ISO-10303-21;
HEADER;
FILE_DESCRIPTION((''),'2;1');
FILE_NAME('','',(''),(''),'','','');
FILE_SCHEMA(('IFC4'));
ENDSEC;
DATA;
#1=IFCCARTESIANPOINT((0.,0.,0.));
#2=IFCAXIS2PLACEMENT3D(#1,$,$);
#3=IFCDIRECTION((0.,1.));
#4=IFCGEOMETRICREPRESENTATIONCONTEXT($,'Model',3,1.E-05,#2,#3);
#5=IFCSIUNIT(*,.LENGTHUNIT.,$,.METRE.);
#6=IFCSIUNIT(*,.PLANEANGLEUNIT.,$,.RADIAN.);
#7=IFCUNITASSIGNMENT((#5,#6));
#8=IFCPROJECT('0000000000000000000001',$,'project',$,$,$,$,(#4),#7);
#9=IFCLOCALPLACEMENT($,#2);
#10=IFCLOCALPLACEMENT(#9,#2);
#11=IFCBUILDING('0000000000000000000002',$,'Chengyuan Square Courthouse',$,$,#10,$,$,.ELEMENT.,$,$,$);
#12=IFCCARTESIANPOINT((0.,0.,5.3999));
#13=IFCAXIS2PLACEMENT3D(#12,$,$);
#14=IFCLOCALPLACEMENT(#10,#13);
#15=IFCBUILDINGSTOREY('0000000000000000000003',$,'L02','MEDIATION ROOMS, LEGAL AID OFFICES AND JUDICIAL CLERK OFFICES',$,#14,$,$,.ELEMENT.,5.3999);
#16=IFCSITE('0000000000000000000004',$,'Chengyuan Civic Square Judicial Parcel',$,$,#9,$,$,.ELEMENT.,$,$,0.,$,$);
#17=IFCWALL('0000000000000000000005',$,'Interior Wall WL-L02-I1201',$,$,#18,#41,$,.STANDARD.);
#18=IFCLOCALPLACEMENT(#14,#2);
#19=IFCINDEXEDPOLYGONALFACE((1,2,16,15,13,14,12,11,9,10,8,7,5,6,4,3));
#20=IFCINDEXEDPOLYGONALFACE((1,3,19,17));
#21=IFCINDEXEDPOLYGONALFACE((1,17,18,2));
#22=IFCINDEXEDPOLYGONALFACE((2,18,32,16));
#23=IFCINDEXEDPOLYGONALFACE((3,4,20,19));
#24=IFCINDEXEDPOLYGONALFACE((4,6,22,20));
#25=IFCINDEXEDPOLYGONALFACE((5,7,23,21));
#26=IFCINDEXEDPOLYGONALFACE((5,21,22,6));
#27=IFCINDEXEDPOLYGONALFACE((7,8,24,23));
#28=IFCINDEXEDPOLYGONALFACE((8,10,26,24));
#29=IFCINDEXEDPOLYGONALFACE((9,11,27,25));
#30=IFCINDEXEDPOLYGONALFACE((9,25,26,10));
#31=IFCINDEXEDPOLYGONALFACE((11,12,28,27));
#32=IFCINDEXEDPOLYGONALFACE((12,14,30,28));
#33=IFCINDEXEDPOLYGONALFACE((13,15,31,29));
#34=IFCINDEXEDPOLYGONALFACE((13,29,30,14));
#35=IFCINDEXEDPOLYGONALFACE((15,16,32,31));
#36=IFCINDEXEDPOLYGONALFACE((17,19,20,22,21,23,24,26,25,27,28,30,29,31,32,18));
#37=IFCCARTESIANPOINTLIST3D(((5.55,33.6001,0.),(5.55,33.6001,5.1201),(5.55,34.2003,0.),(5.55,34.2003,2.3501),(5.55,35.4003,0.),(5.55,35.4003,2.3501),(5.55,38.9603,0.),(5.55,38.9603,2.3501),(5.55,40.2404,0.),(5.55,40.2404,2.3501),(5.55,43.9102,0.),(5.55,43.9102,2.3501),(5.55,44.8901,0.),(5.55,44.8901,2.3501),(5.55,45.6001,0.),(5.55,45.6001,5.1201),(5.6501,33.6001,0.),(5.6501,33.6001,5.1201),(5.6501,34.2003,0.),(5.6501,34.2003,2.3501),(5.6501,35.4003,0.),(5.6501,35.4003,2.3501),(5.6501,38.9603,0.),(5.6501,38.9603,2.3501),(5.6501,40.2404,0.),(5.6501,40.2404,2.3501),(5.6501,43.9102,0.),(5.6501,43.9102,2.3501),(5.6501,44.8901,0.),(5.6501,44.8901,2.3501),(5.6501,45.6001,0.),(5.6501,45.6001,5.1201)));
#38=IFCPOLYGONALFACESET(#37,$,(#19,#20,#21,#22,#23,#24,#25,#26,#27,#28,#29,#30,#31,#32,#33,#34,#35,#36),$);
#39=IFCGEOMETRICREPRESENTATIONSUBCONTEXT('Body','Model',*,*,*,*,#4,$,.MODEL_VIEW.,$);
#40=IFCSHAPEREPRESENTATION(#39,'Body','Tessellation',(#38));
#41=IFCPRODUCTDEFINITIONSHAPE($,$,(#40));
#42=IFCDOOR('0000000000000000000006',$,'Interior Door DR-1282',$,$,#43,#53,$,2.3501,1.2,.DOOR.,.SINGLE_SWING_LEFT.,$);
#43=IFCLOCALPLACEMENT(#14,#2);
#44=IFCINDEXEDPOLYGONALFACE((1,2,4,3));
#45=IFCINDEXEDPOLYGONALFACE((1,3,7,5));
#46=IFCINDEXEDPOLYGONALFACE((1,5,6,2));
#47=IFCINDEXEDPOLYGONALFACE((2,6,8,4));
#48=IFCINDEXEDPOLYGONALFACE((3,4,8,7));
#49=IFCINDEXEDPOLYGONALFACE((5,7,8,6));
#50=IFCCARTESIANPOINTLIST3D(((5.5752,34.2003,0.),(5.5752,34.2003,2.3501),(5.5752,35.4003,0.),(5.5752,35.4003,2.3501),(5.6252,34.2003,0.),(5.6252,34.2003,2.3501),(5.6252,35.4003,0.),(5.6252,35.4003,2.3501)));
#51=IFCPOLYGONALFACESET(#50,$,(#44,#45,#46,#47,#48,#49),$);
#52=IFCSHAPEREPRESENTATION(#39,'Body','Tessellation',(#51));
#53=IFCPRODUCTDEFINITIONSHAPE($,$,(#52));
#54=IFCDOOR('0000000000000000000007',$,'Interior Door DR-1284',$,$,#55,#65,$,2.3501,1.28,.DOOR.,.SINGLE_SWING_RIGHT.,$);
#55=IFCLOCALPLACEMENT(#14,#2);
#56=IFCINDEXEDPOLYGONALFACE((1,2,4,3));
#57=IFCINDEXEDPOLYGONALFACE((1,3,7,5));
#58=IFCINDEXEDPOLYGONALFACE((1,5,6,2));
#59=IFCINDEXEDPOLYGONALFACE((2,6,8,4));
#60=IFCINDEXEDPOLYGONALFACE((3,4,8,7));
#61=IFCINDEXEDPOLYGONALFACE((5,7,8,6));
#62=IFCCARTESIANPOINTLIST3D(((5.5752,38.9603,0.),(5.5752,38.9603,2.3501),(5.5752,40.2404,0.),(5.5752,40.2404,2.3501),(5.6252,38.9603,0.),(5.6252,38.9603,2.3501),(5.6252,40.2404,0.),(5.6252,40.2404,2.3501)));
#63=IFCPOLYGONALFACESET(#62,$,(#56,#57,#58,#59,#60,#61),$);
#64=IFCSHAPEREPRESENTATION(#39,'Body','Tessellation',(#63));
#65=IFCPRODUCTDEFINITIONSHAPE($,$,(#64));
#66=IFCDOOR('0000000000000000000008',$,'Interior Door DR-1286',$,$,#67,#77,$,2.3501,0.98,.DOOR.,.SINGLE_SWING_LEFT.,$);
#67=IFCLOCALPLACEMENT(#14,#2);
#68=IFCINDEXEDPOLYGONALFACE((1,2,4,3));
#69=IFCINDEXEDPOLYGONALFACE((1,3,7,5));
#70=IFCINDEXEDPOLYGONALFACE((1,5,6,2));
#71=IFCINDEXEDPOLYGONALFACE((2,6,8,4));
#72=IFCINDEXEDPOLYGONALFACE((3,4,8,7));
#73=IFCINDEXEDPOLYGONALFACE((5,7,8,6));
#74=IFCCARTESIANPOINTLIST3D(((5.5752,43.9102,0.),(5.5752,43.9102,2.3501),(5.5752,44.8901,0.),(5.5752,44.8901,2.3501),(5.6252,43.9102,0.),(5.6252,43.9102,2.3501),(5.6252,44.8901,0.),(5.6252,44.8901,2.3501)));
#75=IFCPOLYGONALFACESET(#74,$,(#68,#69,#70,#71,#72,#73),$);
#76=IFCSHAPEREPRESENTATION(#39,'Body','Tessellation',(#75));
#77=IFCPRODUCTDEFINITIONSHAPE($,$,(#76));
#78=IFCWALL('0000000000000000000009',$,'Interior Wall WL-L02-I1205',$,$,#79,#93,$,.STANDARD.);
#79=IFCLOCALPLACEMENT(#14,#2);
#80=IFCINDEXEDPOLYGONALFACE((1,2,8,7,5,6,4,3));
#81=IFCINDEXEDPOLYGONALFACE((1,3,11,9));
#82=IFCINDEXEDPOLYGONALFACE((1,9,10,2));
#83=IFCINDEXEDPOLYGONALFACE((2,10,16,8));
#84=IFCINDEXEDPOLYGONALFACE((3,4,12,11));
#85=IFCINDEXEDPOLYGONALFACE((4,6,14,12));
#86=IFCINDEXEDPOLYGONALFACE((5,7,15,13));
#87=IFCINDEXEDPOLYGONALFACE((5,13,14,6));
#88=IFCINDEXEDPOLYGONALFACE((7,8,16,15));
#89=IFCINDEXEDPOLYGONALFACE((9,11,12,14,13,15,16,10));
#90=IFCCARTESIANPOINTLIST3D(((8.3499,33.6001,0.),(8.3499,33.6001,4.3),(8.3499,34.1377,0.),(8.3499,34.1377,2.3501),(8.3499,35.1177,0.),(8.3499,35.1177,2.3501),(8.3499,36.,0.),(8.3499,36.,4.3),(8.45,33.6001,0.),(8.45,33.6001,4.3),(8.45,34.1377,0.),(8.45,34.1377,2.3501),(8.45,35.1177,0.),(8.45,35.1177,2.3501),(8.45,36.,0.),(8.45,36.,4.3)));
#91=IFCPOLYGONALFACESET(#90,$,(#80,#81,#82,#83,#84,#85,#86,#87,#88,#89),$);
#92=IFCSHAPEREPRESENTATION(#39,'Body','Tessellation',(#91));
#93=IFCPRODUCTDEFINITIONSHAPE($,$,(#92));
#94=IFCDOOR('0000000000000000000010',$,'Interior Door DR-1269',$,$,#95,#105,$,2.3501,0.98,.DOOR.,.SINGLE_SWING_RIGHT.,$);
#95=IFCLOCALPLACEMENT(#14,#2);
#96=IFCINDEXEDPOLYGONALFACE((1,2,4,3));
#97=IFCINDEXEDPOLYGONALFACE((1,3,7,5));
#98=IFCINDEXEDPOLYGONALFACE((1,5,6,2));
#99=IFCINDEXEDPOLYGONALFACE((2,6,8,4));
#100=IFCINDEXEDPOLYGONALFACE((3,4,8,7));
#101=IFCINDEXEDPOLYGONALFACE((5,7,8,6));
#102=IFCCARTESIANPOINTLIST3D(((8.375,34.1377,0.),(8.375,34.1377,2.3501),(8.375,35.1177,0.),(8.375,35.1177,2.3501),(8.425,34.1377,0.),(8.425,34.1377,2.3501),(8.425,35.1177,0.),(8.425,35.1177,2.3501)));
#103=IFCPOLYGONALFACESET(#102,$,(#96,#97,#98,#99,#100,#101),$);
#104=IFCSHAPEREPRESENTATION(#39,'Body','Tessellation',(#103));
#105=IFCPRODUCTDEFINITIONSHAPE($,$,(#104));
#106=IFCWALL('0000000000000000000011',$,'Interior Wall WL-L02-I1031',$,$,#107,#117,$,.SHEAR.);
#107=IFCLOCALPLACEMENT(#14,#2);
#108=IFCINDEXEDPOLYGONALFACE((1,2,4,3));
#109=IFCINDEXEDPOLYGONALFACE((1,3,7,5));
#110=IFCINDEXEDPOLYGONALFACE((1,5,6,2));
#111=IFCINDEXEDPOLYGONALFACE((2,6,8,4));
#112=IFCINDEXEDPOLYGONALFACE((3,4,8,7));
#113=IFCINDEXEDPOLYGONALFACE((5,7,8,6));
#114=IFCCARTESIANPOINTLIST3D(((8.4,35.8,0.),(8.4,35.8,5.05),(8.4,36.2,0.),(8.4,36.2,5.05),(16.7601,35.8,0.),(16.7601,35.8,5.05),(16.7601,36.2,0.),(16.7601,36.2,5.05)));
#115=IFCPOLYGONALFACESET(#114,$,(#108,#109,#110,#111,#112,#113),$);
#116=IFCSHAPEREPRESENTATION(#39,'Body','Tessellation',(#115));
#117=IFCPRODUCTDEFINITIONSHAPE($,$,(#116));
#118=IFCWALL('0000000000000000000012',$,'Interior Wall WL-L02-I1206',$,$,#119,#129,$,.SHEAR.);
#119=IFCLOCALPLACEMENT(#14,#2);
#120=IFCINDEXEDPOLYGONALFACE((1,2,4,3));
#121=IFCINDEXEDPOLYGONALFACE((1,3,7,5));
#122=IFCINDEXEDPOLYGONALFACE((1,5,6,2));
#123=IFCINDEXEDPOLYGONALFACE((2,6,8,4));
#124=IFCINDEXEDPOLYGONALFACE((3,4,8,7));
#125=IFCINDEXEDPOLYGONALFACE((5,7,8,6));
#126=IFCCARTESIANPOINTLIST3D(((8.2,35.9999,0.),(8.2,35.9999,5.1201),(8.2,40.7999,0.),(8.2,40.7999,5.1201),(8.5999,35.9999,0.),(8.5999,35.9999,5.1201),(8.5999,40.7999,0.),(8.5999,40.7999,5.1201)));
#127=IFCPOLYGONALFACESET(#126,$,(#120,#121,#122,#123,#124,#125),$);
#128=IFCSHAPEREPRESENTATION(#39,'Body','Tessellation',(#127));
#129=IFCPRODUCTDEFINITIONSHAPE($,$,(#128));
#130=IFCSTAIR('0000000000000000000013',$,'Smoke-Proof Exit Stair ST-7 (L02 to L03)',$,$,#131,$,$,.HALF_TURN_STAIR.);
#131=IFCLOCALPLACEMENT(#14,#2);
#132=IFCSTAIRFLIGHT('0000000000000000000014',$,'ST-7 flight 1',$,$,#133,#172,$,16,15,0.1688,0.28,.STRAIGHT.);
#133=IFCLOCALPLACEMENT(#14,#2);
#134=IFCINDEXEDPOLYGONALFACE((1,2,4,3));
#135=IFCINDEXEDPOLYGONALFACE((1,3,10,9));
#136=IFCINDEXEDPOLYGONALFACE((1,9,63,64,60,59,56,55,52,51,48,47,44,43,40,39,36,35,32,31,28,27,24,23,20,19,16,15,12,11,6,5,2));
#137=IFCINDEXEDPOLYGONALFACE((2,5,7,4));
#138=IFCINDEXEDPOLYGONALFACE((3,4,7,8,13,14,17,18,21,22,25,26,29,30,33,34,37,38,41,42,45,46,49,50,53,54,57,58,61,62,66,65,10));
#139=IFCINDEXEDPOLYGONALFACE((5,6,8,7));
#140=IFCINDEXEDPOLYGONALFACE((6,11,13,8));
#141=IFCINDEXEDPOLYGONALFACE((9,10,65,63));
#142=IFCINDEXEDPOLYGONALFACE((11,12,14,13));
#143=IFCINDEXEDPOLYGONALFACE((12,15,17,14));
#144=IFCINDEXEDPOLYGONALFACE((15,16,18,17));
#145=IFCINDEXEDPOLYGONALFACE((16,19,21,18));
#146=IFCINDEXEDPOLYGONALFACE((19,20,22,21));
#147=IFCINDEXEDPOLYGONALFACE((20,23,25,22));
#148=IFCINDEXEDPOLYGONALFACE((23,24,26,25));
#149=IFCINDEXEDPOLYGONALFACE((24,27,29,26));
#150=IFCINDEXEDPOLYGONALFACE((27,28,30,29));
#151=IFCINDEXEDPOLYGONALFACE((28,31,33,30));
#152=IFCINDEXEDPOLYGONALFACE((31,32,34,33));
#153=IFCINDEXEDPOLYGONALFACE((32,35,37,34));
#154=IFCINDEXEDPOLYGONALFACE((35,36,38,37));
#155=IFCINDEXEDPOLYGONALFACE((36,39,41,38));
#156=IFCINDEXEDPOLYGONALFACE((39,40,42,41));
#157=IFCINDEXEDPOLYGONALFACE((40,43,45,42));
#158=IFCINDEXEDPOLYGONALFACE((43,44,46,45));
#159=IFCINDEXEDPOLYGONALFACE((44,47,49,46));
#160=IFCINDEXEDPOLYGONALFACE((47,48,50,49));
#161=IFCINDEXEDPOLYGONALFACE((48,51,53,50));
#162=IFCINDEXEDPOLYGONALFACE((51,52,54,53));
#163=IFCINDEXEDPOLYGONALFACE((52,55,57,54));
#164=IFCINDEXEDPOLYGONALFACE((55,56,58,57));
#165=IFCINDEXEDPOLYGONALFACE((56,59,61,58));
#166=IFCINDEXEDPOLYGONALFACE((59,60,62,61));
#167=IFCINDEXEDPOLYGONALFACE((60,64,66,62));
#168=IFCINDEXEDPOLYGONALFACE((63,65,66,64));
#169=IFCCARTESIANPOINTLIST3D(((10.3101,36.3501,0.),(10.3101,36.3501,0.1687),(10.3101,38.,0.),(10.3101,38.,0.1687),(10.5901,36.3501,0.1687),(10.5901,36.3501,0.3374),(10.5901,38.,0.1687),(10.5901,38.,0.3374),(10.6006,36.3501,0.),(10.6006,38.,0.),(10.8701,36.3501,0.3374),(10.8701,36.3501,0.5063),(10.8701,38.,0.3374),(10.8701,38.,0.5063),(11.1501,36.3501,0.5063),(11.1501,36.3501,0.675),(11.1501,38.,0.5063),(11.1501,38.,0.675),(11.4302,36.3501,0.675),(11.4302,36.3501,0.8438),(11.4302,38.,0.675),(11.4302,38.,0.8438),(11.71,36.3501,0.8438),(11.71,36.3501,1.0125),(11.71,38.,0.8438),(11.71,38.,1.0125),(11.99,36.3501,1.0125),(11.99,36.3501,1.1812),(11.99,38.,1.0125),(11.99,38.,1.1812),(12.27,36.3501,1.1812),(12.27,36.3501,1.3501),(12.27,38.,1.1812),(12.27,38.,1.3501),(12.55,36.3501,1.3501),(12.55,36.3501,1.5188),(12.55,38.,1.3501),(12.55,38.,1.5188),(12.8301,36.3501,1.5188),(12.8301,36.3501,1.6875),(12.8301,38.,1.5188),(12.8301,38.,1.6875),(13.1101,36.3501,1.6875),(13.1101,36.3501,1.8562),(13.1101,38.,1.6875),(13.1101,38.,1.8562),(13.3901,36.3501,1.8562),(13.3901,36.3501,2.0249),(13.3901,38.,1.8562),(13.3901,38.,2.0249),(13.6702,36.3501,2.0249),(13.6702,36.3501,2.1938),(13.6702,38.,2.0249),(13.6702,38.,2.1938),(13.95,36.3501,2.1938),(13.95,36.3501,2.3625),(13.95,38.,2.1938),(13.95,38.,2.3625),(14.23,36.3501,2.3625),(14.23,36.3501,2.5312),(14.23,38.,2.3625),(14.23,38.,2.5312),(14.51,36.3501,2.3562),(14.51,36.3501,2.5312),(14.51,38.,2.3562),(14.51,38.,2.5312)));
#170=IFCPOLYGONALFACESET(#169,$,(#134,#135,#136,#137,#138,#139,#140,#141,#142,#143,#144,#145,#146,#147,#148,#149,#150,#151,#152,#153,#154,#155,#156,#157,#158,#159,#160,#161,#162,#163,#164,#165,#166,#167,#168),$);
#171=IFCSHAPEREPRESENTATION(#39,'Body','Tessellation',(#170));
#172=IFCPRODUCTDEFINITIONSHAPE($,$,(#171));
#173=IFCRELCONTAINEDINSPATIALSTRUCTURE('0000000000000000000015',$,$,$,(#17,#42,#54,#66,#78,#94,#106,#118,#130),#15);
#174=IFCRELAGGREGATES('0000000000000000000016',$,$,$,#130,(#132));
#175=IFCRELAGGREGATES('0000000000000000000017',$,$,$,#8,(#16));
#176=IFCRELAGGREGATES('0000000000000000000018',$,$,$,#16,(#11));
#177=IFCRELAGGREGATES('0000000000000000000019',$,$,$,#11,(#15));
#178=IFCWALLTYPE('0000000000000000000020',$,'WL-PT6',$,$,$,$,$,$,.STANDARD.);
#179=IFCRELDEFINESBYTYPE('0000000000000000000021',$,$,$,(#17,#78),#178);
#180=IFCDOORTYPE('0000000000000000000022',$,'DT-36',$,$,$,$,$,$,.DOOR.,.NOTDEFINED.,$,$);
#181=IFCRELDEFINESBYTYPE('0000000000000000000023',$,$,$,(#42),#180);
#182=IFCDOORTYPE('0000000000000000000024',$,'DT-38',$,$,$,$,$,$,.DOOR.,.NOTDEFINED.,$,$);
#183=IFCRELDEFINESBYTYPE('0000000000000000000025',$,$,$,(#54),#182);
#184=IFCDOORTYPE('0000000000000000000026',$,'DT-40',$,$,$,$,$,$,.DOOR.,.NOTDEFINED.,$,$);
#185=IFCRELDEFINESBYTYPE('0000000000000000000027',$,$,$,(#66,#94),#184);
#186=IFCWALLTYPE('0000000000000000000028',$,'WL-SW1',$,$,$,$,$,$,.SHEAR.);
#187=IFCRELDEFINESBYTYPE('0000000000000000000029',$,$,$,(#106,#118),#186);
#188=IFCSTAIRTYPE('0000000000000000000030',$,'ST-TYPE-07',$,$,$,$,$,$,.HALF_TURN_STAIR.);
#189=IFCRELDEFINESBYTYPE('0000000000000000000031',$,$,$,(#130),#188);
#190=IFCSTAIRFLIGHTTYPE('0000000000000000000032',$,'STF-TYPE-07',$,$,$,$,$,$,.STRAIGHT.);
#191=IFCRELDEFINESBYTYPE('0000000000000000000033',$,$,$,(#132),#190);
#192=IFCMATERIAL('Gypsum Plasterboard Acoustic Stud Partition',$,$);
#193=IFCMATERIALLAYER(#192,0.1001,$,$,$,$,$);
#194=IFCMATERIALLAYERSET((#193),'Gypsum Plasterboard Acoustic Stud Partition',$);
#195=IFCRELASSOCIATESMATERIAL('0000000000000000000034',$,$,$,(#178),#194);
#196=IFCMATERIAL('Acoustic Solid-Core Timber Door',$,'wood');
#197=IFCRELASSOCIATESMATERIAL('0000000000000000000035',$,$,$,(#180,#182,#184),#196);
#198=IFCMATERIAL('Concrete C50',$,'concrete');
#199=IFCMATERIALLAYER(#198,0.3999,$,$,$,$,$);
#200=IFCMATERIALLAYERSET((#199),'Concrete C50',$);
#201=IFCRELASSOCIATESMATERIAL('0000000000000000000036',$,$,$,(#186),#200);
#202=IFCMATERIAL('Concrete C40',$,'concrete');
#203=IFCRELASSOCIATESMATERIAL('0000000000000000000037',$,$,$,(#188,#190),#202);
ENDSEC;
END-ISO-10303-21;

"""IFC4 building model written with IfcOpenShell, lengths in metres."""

from ifc_helpers import new_model, si_unit, direction, frame, frame_2d, origin, place, context, subcontext, project, spatial, polyline, rectangle, outline, extrude, material, layer, layer_set, type_object, element, fill, aggregate, save


model = new_model("IFC4")

# Units and contexts
model_context = context("Model", 3, precision=1e-05, world=origin(), true_north=direction((0.0, 1.0)))
body_context = subcontext(model_context, "Body", "Model", "MODEL_VIEW")
ifc_project = project(units=[si_unit("LENGTHUNIT", "METRE"), si_unit("PLANEANGLEUNIT", "RADIAN")], contexts=[model_context])

# Site, building, storey
site_placement = place(None, origin())
site = spatial("IfcSite", under=ifc_project, at=site_placement, Name="Chengyuan Civic Square Judicial Parcel", CompositionType="ELEMENT", RefElevation=0.0)
building_placement = place(site_placement, origin())
building = spatial("IfcBuilding", under=site, at=building_placement, Name="Chengyuan Square Courthouse", CompositionType="ELEMENT")
storey_placement = place(building_placement, frame((0.0, 0.0, 5.3999)))
storey = spatial("IfcBuildingStorey", under=building, at=storey_placement, Name="L02", Description="MEDIATION ROOMS, LEGAL AID OFFICES AND JUDICIAL CLERK OFFICES", CompositionType="ELEMENT", Elevation=5.3999)

# Shared definitions
ifc_material_1 = material(Name="Concrete C50", Category="concrete")

# Shared definitions
ifc_material_2 = material(Name="Concrete C40", Category="concrete")

# Shared definitions
ifc_material_3 = material(Name="Acoustic Solid-Core Timber Door", Category="wood")
ifc_material_4 = material(Name="Gypsum Plasterboard Acoustic Stud Partition")
ifc_layer_1 = layer(ifc_material_4, 0.1001)
ifc_layer_set_1 = layer_set([ifc_layer_1], Name="Gypsum Plasterboard Acoustic Stud Partition")
wall_type_1 = type_object("IfcWallType", Name="WL-PT6", PredefinedType="STANDARD", material=ifc_layer_set_1)

# Wall, openings, doors
wall_1_placement = place(storey_placement, frame((5.6001, 33.6001, 0.0), z_axis=(0.0, 0.0, 1.0), x_axis=(0.0, 1.0, 0.0)))
wall_1 = element("IfcWall", 1, at=wall_1_placement, inside=storey, type_object=wall_type_1, Name="Interior Wall WL-L02-I1201", PredefinedType="STANDARD", context=body_context, shape_type="SweptSolid", body=[
    extrude(rectangle(XDim=12.0, YDim=0.1001, at=frame_2d((6.0, 0.0))), origin(), (0.0, 0.0, 1.0), 5.1201),
])
opening_1_placement = place(wall_1_placement, frame((0.6001, 0.0, 0.0)))
opening_1 = element("IfcOpeningElement", 2, at=opening_1_placement, cuts=wall_1, PredefinedType="OPENING", context=body_context, shape_type="SweptSolid", body=[
    extrude(rectangle(XDim=1.2, YDim=2.3501, at=frame_2d((0.6001, 1.175))), frame((0.0, 0.062, 0.0), z_axis=(0.0, -1.0, 0.0), x_axis=(1.0, 0.0, 0.0)), (0.0, 0.0, 1.0), 0.124),
])
opening_2_placement = place(wall_1_placement, frame((5.3601, 0.0, 0.0)))
opening_2 = element("IfcOpeningElement", 3, at=opening_2_placement, cuts=wall_1, PredefinedType="OPENING", context=body_context, shape_type="SweptSolid", body=[
    extrude(rectangle(XDim=1.28, YDim=2.3501, at=frame_2d((0.6401, 1.175))), frame((0.0, 0.062, 0.0), z_axis=(0.0, -1.0, 0.0), x_axis=(1.0, 0.0, 0.0)), (0.0, 0.0, 1.0), 0.124),
])
opening_3_placement = place(wall_1_placement, frame((10.3101, 0.0, 0.0)))
opening_3 = element("IfcOpeningElement", 4, at=opening_3_placement, cuts=wall_1, PredefinedType="OPENING", context=body_context, shape_type="SweptSolid", body=[
    extrude(rectangle(XDim=0.98, YDim=2.3501, at=frame_2d((0.49, 1.175))), frame((0.0, 0.062, 0.0), z_axis=(0.0, -1.0, 0.0), x_axis=(1.0, 0.0, 0.0)), (0.0, 0.0, 1.0), 0.124),
])
door_type_1 = type_object("IfcDoorType", Name="DT-36", OperationType="NOTDEFINED", PredefinedType="DOOR", material=ifc_material_3)
door_1_placement = place(opening_1_placement, origin())
door_1 = element("IfcDoor", 5, at=door_1_placement, inside=storey, type_object=door_type_1, Name="Interior Door DR-1282", OperationType="SINGLE_SWING_LEFT", OverallHeight=2.3501, OverallWidth=1.2, PredefinedType="DOOR", context=body_context, shape_type="SweptSolid", body=[
    extrude(rectangle(XDim=1.2, YDim=2.3501, at=frame_2d((0.6001, 1.175))), frame((0.0, 0.0249, 0.0), z_axis=(0.0, -1.0, 0.0), x_axis=(1.0, 0.0, 0.0)), (0.0, 0.0, 1.0), 0.05),
])
fill(opening_1, door_1)
door_type_2 = type_object("IfcDoorType", Name="DT-38", OperationType="NOTDEFINED", PredefinedType="DOOR", material=ifc_material_3)
door_2_placement = place(opening_2_placement, origin())
door_2 = element("IfcDoor", 6, at=door_2_placement, inside=storey, type_object=door_type_2, Name="Interior Door DR-1284", OperationType="SINGLE_SWING_RIGHT", OverallHeight=2.3501, OverallWidth=1.28, PredefinedType="DOOR", context=body_context, shape_type="SweptSolid", body=[
    extrude(rectangle(XDim=1.28, YDim=2.3501, at=frame_2d((0.6401, 1.175))), frame((0.0, 0.0249, 0.0), z_axis=(0.0, -1.0, 0.0), x_axis=(1.0, 0.0, 0.0)), (0.0, 0.0, 1.0), 0.05),
])
fill(opening_2, door_2)
door_type_3 = type_object("IfcDoorType", Name="DT-40", OperationType="NOTDEFINED", PredefinedType="DOOR", material=ifc_material_3)
door_3_placement = place(opening_3_placement, origin())
door_3 = element("IfcDoor", 7, at=door_3_placement, inside=storey, type_object=door_type_3, Name="Interior Door DR-1286", OperationType="SINGLE_SWING_LEFT", OverallHeight=2.3501, OverallWidth=0.98, PredefinedType="DOOR", context=body_context, shape_type="SweptSolid", body=[
    extrude(rectangle(XDim=0.98, YDim=2.3501, at=frame_2d((0.49, 1.175))), frame((0.0, 0.0249, 0.0), z_axis=(0.0, -1.0, 0.0), x_axis=(1.0, 0.0, 0.0)), (0.0, 0.0, 1.0), 0.05),
])
fill(opening_3, door_3)

# Wall, opening, door
wall_2_placement = place(storey_placement, frame((8.3999, 33.6001, 0.0), z_axis=(0.0, 0.0, 1.0), x_axis=(0.0, 1.0, 0.0)))
wall_2 = element("IfcWall", 8, at=wall_2_placement, inside=storey, type_object=wall_type_1, Name="Interior Wall WL-L02-I1205", PredefinedType="STANDARD", context=body_context, shape_type="SweptSolid", body=[
    extrude(rectangle(XDim=2.3999, YDim=0.1001, at=frame_2d((1.2, 0.0))), origin(), (0.0, 0.0, 1.0), 4.3),
])
opening_4_placement = place(wall_2_placement, frame((0.5376, 0.0, 0.0)))
opening_4 = element("IfcOpeningElement", 9, at=opening_4_placement, cuts=wall_2, PredefinedType="OPENING", context=body_context, shape_type="SweptSolid", body=[
    extrude(rectangle(XDim=0.98, YDim=2.3501, at=frame_2d((0.49, 1.175))), frame((0.0, 0.062, 0.0), z_axis=(0.0, -1.0, 0.0), x_axis=(1.0, 0.0, 0.0)), (0.0, 0.0, 1.0), 0.124),
])
door_4_placement = place(opening_4_placement, origin())
door_4 = element("IfcDoor", 10, at=door_4_placement, inside=storey, type_object=door_type_3, Name="Interior Door DR-1269", OperationType="SINGLE_SWING_RIGHT", OverallHeight=2.3501, OverallWidth=0.98, PredefinedType="DOOR", context=body_context, shape_type="SweptSolid", body=[
    extrude(rectangle(XDim=0.98, YDim=2.3501, at=frame_2d((0.49, 1.175))), frame((0.0, 0.0249, 0.0), z_axis=(0.0, -1.0, 0.0), x_axis=(1.0, 0.0, 0.0)), (0.0, 0.0, 1.0), 0.05),
])
fill(opening_4, door_4)

# Walls
ifc_layer_2 = layer(ifc_material_1, 0.3999)
ifc_layer_set_2 = layer_set([ifc_layer_2], Name="Concrete C50")
wall_type_2 = type_object("IfcWallType", Name="WL-SW1", PredefinedType="SHEAR", material=ifc_layer_set_2)
wall_3_placement = place(storey_placement, frame((8.3999, 36.0, 0.0), z_axis=(0.0, 0.0, 1.0), x_axis=(1.0, 0.0, 0.0)))
element("IfcWall", 11, at=wall_3_placement, inside=storey, type_object=wall_type_2, Name="Interior Wall WL-L02-I1031", PredefinedType="SHEAR", context=body_context, shape_type="SweptSolid", body=[
    extrude(rectangle(XDim=8.3601, YDim=0.3999, at=frame_2d((4.1802, 0.0))), origin(), (0.0, 0.0, 1.0), 5.05),
])
wall_4_placement = place(storey_placement, frame((8.3999, 36.0, 0.0), z_axis=(0.0, 0.0, 1.0), x_axis=(0.0, 1.0, 0.0)))
element("IfcWall", 12, at=wall_4_placement, inside=storey, type_object=wall_type_2, Name="Interior Wall WL-L02-I1206", PredefinedType="SHEAR", context=body_context, shape_type="SweptSolid", body=[
    extrude(rectangle(XDim=4.8, YDim=0.3999, at=frame_2d((2.3999, 0.0))), origin(), (0.0, 0.0, 1.0), 5.1201),
])

# Stair, stair flight
stair_type = type_object("IfcStairType", Name="ST-TYPE-07", PredefinedType="HALF_TURN_STAIR", material=ifc_material_2)
stair_placement = place(storey_placement, origin())
stair = element("IfcStair", 13, at=stair_placement, inside=storey, type_object=stair_type, Name="Smoke-Proof Exit Stair ST-7 (L02 to L03)", PredefinedType="HALF_TURN_STAIR")
stair_flight_type = type_object("IfcStairFlightType", Name="STF-TYPE-07", PredefinedType="STRAIGHT", material=ifc_material_2)
stair_flight_placement = place(storey_placement, frame((10.3101, 37.175, 0.0), z_axis=(0.0, 0.0, 1.0), x_axis=(1.0, 0.0, 0.0)))
stair_flight = element("IfcStairFlight", 14, at=stair_flight_placement, type_object=stair_flight_type, Name="ST-7 flight 1", NumberOfRisers=16, NumberOfTreads=15, PredefinedType="STRAIGHT", RiserHeight=0.1688, TreadLength=0.28, context=body_context, shape_type="SweptSolid", body=[
    extrude(outline(polyline([(0.0, 0.0), (0.0, 0.1687), (0.28, 0.1687), (0.28, 0.3374), (0.5601, 0.3374), (0.5601, 0.5063), (0.8401, 0.5063), (0.8401, 0.675), (1.1201, 0.675), (1.1201, 0.8438), (1.3999, 0.8438), (1.3999, 1.0125), (1.6799, 1.0125), (1.6799, 1.1812), (1.96, 1.1812), (1.96, 1.3501), (2.24, 1.3501), (2.24, 1.5188), (2.52, 1.5188), (2.52, 1.6875), (2.8, 1.6875), (2.8, 1.8562), (3.0801, 1.8562), (3.0801, 2.0249), (3.3601, 2.0249), (3.3601, 2.1938), (3.6399, 2.1938), (3.6399, 2.3625), (3.9199, 2.3625), (3.9199, 2.5312), (4.2, 2.5312), (4.2, 2.7), (4.2, 2.3562), (0.2905, 0.0), (0.0, 0.0)])), frame((0.0, 0.825, 0.0), z_axis=(0.0, -1.0, 0.0), x_axis=(1.0, 0.0, 0.0)), (0.0, 0.0, 1.0), 1.6499),
])
aggregate(stair, [stair_flight])

save(model, "model.ifc")
